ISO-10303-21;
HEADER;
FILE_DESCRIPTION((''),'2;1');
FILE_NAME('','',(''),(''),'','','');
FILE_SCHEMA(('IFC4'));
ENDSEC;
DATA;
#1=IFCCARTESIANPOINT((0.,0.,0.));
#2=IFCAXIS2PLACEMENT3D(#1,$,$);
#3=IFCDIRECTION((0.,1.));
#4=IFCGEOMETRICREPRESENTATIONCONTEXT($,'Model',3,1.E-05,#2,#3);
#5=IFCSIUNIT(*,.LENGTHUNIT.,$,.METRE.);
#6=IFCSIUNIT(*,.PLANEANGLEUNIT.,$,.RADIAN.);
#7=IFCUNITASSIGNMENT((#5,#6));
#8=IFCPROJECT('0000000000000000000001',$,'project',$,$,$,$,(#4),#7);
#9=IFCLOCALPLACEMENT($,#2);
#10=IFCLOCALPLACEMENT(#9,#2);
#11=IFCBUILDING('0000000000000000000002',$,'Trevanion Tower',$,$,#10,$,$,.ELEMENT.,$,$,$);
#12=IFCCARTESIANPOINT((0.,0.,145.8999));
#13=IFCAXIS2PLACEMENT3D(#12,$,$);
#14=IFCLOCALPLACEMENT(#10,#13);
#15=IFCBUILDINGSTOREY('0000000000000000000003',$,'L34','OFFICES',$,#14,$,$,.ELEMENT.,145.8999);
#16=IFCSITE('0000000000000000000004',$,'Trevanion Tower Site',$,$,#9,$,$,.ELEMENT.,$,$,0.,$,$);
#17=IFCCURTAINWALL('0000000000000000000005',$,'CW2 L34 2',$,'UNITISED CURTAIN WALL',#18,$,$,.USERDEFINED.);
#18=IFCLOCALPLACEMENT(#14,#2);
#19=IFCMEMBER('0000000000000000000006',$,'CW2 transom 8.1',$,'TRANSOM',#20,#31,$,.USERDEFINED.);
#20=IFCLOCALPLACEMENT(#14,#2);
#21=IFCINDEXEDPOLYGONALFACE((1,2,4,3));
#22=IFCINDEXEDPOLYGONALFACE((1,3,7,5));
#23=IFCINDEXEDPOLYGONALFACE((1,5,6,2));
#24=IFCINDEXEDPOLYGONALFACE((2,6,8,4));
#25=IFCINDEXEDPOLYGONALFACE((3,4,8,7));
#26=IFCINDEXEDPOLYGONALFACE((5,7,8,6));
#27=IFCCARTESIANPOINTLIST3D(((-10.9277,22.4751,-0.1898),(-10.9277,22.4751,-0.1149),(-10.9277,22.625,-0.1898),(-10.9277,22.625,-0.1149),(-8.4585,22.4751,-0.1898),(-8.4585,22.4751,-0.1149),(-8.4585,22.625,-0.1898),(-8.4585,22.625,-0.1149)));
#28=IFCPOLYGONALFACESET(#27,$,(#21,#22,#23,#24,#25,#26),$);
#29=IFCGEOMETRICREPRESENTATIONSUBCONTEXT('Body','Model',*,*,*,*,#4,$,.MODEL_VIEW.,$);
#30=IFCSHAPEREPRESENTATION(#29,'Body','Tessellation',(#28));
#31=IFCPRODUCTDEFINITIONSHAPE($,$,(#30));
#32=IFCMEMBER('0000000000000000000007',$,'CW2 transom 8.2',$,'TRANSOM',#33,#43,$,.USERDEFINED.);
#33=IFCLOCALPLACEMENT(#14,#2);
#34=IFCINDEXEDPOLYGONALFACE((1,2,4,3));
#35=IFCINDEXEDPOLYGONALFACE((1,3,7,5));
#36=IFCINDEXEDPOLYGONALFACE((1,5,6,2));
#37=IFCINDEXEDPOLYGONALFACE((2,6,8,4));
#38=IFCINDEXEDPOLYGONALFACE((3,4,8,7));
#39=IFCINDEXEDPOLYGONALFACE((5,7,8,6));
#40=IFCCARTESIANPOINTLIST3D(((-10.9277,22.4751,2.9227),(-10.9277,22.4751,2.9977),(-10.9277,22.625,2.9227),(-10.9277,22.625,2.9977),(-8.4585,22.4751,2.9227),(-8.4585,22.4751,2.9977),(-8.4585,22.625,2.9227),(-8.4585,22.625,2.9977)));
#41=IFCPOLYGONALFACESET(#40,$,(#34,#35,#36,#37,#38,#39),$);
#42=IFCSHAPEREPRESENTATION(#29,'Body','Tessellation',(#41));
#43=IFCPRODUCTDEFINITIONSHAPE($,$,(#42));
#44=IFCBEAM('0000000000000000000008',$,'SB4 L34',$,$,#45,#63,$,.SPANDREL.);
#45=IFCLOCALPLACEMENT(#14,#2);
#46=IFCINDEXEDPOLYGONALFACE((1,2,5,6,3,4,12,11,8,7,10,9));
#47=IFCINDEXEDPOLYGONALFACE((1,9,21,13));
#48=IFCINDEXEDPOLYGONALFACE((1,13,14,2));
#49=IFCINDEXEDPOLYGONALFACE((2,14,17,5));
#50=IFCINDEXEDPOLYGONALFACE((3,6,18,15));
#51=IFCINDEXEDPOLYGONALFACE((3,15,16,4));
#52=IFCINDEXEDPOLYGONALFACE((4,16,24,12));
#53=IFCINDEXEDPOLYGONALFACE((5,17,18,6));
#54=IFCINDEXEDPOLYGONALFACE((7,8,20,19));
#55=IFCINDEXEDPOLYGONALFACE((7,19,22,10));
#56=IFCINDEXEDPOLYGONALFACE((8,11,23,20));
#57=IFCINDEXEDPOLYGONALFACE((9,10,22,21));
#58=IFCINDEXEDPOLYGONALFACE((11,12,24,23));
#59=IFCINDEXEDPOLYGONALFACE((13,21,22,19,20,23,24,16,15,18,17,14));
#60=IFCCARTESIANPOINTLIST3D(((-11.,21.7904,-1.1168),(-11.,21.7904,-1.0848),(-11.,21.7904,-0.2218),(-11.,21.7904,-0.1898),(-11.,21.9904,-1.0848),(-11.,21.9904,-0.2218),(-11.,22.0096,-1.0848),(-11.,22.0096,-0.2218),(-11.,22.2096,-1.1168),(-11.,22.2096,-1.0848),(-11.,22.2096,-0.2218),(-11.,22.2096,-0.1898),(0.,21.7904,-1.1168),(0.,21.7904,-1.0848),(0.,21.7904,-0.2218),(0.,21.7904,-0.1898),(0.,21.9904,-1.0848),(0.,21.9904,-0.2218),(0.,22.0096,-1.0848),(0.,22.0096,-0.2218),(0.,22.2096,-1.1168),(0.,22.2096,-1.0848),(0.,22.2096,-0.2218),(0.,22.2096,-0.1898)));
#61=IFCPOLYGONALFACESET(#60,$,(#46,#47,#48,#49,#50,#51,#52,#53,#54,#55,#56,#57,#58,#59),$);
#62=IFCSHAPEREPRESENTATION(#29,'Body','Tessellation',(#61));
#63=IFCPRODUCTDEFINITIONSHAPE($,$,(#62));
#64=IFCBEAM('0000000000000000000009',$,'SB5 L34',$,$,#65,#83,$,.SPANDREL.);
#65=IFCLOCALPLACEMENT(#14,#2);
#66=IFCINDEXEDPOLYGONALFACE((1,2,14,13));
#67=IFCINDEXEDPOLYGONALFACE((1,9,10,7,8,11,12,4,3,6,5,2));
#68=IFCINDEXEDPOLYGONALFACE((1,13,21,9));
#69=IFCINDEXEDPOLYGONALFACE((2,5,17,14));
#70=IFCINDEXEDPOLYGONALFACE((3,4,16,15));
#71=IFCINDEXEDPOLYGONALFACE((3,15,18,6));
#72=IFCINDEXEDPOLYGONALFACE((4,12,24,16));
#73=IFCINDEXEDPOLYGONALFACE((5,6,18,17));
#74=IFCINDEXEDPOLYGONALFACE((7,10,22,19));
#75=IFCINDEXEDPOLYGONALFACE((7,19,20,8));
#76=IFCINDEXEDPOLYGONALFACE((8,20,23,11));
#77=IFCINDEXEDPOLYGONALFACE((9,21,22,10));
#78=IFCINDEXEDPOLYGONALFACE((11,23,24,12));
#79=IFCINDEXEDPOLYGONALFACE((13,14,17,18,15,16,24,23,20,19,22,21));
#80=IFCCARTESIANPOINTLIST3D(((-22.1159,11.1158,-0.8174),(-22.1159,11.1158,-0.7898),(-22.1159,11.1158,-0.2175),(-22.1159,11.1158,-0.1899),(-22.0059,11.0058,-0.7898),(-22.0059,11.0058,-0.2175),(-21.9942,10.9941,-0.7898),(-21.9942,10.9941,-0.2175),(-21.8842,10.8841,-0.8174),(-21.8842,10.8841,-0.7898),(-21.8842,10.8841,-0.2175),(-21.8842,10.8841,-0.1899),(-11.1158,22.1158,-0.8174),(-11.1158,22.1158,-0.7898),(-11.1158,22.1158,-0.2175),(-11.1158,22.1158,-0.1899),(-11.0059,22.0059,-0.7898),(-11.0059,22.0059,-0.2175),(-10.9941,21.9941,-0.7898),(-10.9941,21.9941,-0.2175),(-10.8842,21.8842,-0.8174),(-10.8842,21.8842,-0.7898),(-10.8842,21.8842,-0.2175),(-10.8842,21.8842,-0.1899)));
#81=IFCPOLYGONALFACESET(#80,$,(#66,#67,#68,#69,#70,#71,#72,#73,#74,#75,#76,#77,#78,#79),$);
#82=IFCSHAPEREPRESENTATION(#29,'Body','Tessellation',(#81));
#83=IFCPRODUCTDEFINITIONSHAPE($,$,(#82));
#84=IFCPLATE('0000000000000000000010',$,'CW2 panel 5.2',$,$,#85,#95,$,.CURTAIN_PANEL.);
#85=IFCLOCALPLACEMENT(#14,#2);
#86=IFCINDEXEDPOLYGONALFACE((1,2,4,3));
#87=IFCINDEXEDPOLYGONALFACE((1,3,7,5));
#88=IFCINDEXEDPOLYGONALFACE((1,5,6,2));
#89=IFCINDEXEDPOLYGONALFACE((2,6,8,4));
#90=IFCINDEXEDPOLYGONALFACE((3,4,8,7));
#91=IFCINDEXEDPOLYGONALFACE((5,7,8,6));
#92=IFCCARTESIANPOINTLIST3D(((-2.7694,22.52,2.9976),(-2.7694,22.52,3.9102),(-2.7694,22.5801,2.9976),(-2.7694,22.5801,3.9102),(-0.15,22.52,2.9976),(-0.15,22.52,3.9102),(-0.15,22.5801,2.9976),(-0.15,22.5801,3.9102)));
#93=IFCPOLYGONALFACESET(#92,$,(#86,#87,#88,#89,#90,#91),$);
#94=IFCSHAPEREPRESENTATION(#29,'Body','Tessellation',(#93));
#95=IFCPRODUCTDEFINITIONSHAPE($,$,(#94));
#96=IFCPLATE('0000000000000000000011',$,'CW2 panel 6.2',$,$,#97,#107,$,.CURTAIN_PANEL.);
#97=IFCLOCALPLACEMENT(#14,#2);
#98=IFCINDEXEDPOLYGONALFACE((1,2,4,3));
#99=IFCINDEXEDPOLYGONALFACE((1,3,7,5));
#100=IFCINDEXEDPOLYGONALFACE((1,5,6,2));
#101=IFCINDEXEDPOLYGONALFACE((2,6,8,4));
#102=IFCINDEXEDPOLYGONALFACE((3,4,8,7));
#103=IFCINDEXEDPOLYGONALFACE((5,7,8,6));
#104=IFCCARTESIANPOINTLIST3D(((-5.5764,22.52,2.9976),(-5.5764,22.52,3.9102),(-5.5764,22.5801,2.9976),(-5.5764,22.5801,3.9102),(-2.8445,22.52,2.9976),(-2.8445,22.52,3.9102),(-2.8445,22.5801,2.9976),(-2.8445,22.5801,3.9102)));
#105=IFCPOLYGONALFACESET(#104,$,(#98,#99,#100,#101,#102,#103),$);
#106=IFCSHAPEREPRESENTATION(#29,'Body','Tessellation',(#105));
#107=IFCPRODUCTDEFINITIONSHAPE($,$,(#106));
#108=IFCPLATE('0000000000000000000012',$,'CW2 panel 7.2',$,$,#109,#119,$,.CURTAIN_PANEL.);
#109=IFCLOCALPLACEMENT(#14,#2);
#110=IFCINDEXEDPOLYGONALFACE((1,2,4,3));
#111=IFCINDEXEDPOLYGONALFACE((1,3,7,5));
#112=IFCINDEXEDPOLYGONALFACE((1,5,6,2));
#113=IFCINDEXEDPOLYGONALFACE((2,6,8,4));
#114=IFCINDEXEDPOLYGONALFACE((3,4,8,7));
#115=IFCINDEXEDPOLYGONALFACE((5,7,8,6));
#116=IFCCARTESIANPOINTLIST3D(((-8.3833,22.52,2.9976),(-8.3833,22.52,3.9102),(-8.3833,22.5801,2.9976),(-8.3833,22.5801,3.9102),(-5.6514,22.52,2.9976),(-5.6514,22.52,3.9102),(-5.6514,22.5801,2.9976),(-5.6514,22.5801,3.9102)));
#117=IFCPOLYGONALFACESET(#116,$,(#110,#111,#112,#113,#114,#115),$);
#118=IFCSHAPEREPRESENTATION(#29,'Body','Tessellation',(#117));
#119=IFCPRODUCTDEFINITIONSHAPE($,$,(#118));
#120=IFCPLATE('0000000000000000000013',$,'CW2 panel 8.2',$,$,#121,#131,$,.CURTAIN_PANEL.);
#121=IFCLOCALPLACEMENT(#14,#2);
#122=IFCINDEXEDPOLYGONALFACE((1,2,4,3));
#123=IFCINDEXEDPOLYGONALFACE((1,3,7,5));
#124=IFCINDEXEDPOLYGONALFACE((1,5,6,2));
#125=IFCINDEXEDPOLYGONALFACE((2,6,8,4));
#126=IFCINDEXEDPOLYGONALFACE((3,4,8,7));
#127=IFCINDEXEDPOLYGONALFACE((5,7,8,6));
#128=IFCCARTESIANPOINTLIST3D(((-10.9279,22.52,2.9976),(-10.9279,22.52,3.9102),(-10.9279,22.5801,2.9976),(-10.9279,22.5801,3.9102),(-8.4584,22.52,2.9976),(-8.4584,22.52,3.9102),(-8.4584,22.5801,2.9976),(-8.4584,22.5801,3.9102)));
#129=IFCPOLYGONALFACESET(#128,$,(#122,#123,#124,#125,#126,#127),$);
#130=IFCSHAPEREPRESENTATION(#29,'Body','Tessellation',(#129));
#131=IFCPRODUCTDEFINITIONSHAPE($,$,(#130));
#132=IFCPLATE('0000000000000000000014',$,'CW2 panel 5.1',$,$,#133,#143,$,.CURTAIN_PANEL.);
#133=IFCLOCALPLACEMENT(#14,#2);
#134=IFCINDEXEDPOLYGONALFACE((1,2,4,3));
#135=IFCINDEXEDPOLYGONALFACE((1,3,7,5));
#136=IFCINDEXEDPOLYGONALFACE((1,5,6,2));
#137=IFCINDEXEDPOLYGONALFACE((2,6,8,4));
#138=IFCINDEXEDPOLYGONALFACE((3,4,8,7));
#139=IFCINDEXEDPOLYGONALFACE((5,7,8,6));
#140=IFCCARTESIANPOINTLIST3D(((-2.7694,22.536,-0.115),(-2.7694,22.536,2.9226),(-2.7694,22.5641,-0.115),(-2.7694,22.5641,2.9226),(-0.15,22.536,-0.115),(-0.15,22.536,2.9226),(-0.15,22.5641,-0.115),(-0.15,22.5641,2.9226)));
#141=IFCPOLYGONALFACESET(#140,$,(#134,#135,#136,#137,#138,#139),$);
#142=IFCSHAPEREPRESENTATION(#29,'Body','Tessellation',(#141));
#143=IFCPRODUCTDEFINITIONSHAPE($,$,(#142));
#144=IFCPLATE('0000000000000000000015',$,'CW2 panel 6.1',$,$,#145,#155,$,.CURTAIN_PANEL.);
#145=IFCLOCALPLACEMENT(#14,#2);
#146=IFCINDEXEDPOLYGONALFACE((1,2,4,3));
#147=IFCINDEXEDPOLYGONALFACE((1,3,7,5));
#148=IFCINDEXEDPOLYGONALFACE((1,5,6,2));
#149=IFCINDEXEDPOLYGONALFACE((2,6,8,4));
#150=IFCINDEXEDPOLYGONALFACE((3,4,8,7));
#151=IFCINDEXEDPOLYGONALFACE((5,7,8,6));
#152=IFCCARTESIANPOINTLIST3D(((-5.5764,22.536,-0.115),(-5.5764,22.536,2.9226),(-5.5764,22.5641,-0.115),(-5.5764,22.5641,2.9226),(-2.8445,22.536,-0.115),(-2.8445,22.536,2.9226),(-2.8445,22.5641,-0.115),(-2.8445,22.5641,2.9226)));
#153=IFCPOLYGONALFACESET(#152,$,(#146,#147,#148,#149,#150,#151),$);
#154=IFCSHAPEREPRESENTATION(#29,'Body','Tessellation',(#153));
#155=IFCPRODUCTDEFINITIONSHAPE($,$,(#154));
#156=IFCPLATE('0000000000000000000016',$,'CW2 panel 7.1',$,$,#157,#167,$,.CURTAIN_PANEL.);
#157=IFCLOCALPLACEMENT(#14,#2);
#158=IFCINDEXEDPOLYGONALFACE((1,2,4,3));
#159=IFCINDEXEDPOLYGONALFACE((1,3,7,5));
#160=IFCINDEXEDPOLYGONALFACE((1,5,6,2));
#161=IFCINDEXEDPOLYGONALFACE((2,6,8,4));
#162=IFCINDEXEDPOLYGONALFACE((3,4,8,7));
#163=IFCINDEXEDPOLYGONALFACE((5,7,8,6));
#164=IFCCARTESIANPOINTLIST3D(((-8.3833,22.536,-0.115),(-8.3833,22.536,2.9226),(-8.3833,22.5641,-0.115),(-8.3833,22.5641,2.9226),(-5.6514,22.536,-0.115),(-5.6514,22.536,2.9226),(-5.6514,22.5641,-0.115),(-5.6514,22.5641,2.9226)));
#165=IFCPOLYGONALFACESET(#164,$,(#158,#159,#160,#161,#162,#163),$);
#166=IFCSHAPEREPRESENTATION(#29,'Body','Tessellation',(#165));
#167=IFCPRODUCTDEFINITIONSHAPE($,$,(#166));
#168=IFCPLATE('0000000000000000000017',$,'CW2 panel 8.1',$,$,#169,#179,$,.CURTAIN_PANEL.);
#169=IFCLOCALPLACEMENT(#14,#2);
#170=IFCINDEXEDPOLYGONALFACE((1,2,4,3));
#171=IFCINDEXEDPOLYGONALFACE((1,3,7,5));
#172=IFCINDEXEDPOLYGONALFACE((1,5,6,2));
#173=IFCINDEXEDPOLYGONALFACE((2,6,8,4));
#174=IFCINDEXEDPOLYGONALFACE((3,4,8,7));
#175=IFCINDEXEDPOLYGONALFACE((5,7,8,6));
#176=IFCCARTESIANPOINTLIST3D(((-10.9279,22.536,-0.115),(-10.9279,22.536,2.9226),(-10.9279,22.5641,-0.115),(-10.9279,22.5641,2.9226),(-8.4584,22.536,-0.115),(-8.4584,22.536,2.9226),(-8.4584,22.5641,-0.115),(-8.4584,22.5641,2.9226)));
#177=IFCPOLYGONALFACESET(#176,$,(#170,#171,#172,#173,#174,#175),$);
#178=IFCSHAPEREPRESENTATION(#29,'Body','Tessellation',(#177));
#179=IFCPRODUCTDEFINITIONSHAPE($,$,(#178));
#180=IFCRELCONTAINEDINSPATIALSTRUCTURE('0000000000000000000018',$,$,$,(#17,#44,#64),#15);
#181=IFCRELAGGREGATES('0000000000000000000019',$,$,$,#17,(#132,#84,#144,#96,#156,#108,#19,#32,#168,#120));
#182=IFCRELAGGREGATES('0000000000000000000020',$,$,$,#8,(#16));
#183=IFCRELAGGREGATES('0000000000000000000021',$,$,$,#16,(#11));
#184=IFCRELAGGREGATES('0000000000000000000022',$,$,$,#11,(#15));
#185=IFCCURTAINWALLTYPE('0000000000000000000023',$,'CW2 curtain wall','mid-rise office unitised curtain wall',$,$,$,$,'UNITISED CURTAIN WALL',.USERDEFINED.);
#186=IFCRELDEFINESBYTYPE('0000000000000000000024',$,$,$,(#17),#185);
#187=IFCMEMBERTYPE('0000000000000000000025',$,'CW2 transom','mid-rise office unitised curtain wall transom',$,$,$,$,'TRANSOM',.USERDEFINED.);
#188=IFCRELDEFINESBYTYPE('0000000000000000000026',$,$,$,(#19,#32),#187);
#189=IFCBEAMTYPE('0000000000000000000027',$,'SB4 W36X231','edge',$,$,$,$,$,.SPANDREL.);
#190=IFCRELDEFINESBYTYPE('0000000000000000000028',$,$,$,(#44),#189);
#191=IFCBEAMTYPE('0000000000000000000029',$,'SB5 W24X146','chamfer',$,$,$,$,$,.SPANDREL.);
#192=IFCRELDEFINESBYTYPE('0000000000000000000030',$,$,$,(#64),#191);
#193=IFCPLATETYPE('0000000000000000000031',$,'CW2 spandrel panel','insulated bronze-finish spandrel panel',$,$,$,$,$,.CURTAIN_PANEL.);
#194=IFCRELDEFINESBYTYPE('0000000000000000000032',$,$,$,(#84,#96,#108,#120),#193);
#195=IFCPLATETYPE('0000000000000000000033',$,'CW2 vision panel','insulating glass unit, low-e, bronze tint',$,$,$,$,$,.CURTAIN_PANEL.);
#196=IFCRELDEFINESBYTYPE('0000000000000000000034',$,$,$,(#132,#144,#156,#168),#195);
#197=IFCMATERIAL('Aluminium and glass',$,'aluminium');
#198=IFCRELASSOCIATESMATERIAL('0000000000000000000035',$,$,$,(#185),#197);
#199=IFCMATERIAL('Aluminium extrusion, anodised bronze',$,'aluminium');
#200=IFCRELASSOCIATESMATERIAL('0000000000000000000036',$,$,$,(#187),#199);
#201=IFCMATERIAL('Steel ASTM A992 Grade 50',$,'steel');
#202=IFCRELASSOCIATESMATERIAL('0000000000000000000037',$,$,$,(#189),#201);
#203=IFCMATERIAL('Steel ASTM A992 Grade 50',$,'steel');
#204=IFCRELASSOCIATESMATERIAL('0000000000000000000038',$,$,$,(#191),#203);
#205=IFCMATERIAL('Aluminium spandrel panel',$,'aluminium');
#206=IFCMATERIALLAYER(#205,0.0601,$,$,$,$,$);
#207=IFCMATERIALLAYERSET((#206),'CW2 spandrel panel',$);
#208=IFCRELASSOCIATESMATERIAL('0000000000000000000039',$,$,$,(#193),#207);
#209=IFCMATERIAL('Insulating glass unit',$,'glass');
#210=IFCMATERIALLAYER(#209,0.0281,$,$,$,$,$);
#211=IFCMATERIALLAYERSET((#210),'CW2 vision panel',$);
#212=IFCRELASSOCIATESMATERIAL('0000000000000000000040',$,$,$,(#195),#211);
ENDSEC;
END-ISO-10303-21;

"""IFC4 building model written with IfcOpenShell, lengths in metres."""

from ifc_helpers import new_model, si_unit, direction, frame, origin, origin_2d, place, context, subcontext, project, spatial, rectangle, i_section, extrude, material, layer, layer_set, material_profile, profile_set, type_object, element, aggregate, save


model = new_model("IFC4")

# Units and contexts
model_context = context("Model", 3, precision=1e-05, world=origin(), true_north=direction((0.0, 1.0)))
body_context = subcontext(model_context, "Body", "Model", "MODEL_VIEW")
ifc_project = project(units=[si_unit("LENGTHUNIT", "METRE"), si_unit("PLANEANGLEUNIT", "RADIAN")], contexts=[model_context])

# Site, building, storey
site_placement = place(None, origin())
site = spatial("IfcSite", under=ifc_project, at=site_placement, Name="Trevanion Tower Site", CompositionType="ELEMENT", RefElevation=0.0)
building_placement = place(site_placement, origin())
building = spatial("IfcBuilding", under=site, at=building_placement, Name="Trevanion Tower", CompositionType="ELEMENT")
storey_placement = place(building_placement, frame((0.0, 0.0, 145.8999)))
storey = spatial("IfcBuildingStorey", under=building, at=storey_placement, Name="L34", Description="OFFICES", CompositionType="ELEMENT", Elevation=145.8999)

# Curtain wall
ifc_material_1 = material(Name="Aluminium and glass", Category="aluminium")
curtain_wall_type = type_object("IfcCurtainWallType", Name="CW2 curtain wall", Description="mid-rise office unitised curtain wall", ElementType="UNITISED CURTAIN WALL", PredefinedType="USERDEFINED", material=ifc_material_1)
curtain_wall_1_placement = place(storey_placement, origin())
curtain_wall_1 = element("IfcCurtainWall", 1, at=curtain_wall_1_placement, inside=storey, type_object=curtain_wall_type, Name="CW2 L34 2", ObjectType="UNITISED CURTAIN WALL", PredefinedType="USERDEFINED")

# Members
ifc_material_2 = material(Name="Aluminium extrusion, anodised bronze", Category="aluminium")
ifc_material_profile_1 = material_profile(ifc_material_2, rectangle(XDim=0.1499, YDim=0.075, at=origin_2d()), Name="CW2 transom")
ifc_profile_set_1 = profile_set([ifc_material_profile_1], Name="Aluminium extrusion, anodised bronze")
member_type_1 = type_object("IfcMemberType", Name="CW2 transom", Description="mid-rise office unitised curtain wall transom", ElementType="TRANSOM", PredefinedType="USERDEFINED", material=ifc_profile_set_1)
member_1_placement = place(storey_placement, frame((-8.4585, 22.55, -0.1523), z_axis=(-1.0, 0.0, 0.0), x_axis=(0.0, -1.0, 0.0)))
member_1 = element("IfcMember", 2, at=member_1_placement, type_object=member_type_1, Name="CW2 transom 8.1", ObjectType="TRANSOM", PredefinedType="USERDEFINED", context=body_context, shape_type="SweptSolid", body=[
    extrude(rectangle(XDim=0.1499, YDim=0.075, at=origin_2d()), origin(), (0.0, 0.0, 1.0), 2.4692),
])
member_2_placement = place(storey_placement, frame((-8.4585, 22.55, 2.9602), z_axis=(-1.0, 0.0, 0.0), x_axis=(0.0, -1.0, 0.0)))
member_2 = element("IfcMember", 3, at=member_2_placement, type_object=member_type_1, Name="CW2 transom 8.2", ObjectType="TRANSOM", PredefinedType="USERDEFINED", context=body_context, shape_type="SweptSolid", body=[
    extrude(rectangle(XDim=0.1499, YDim=0.075, at=origin_2d()), origin(), (0.0, 0.0, 1.0), 2.4692),
])

# Beams
ifc_material_3 = material(Name="Steel ASTM A992 Grade 50", Category="steel")
ifc_material_profile_2 = material_profile(ifc_material_3, i_section(OverallWidth=0.4192, OverallDepth=0.927, WebThickness=0.0193, FlangeThickness=0.032, at=origin_2d()), Name="W36X231")
ifc_profile_set_2 = profile_set([ifc_material_profile_2], Name="Steel ASTM A992 Grade 50")
beam_type_1 = type_object("IfcBeamType", Name="SB4 W36X231", Description="edge", PredefinedType="SPANDREL", material=ifc_profile_set_2)
beam_1_placement = place(storey_placement, frame((0.0, 22.0, -0.6533), z_axis=(-1.0, 0.0, 0.0), x_axis=(0.0, -1.0, 0.0)))
element("IfcBeam", 4, at=beam_1_placement, inside=storey, type_object=beam_type_1, Name="SB4 L34", PredefinedType="SPANDREL", context=body_context, shape_type="SweptSolid", body=[
    extrude(i_section(OverallWidth=0.4192, OverallDepth=0.927, WebThickness=0.0193, FlangeThickness=0.032, at=origin_2d()), origin(), (0.0, 0.0, 1.0), 11.0),
])
ifc_material_4 = material(Name="Steel ASTM A992 Grade 50", Category="steel")
ifc_material_profile_3 = material_profile(ifc_material_4, i_section(OverallWidth=0.3276, OverallDepth=0.6274, WebThickness=0.0166, FlangeThickness=0.0276, at=origin_2d()), Name="W24X146")
ifc_profile_set_3 = profile_set([ifc_material_profile_3], Name="Steel ASTM A992 Grade 50")
beam_type_2 = type_object("IfcBeamType", Name="SB5 W24X146", Description="chamfer", PredefinedType="SPANDREL", material=ifc_profile_set_3)
beam_2_placement = place(storey_placement, frame((-11.0, 22.0, -0.5037), z_axis=(-0.707107, -0.707107, 0.0), x_axis=(0.707107, -0.707107, 0.0)))
element("IfcBeam", 5, at=beam_2_placement, inside=storey, type_object=beam_type_2, Name="SB5 L34", PredefinedType="SPANDREL", context=body_context, shape_type="SweptSolid", body=[
    extrude(i_section(OverallWidth=0.3276, OverallDepth=0.6274, WebThickness=0.0166, FlangeThickness=0.0276, at=origin_2d()), origin(), (0.0, 0.0, 1.0), 15.5564),
])

# Plates
ifc_material_5 = material(Name="Aluminium spandrel panel", Category="aluminium")
ifc_layer_1 = layer(ifc_material_5, 0.0601)
ifc_layer_set_1 = layer_set([ifc_layer_1], Name="CW2 spandrel panel")
plate_type_1 = type_object("IfcPlateType", Name="CW2 spandrel panel", Description="insulated bronze-finish spandrel panel", PredefinedType="CURTAIN_PANEL", material=ifc_layer_set_1)
plate_1_placement = place(storey_placement, frame((-1.4597, 22.55, 2.9976), z_axis=(0.0, 0.0, 1.0), x_axis=(-1.0, 0.0, 0.0)))
plate_1 = element("IfcPlate", 6, at=plate_1_placement, type_object=plate_type_1, Name="CW2 panel 5.2", PredefinedType="CURTAIN_PANEL", context=body_context, shape_type="SweptSolid", body=[
    extrude(rectangle(XDim=2.6194, YDim=0.0601, at=origin_2d()), origin(), (0.0, 0.0, 1.0), 0.9126),
])
plate_2_placement = place(storey_placement, frame((-4.2104, 22.55, 2.9976), z_axis=(0.0, 0.0, 1.0), x_axis=(-1.0, 0.0, 0.0)))
plate_2 = element("IfcPlate", 7, at=plate_2_placement, type_object=plate_type_1, Name="CW2 panel 6.2", PredefinedType="CURTAIN_PANEL", context=body_context, shape_type="SweptSolid", body=[
    extrude(rectangle(XDim=2.7319, YDim=0.0601, at=origin_2d()), origin(), (0.0, 0.0, 1.0), 0.9126),
])
plate_3_placement = place(storey_placement, frame((-7.0173, 22.55, 2.9976), z_axis=(0.0, 0.0, 1.0), x_axis=(-1.0, 0.0, 0.0)))
plate_3 = element("IfcPlate", 8, at=plate_3_placement, type_object=plate_type_1, Name="CW2 panel 7.2", PredefinedType="CURTAIN_PANEL", context=body_context, shape_type="SweptSolid", body=[
    extrude(rectangle(XDim=2.7319, YDim=0.0601, at=origin_2d()), origin(), (0.0, 0.0, 1.0), 0.9126),
])
plate_4_placement = place(storey_placement, frame((-9.6931, 22.55, 2.9976), z_axis=(0.0, 0.0, 1.0), x_axis=(-1.0, 0.0, 0.0)))
plate_4 = element("IfcPlate", 9, at=plate_4_placement, type_object=plate_type_1, Name="CW2 panel 8.2", PredefinedType="CURTAIN_PANEL", context=body_context, shape_type="SweptSolid", body=[
    extrude(rectangle(XDim=2.4695, YDim=0.0601, at=origin_2d()), origin(), (0.0, 0.0, 1.0), 0.9126),
])
ifc_material_6 = material(Name="Insulating glass unit", Category="glass")
ifc_layer_2 = layer(ifc_material_6, 0.0281)
ifc_layer_set_2 = layer_set([ifc_layer_2], Name="CW2 vision panel")
plate_type_2 = type_object("IfcPlateType", Name="CW2 vision panel", Description="insulating glass unit, low-e, bronze tint", PredefinedType="CURTAIN_PANEL", material=ifc_layer_set_2)
plate_5_placement = place(storey_placement, frame((-1.4597, 22.55, -0.115), z_axis=(0.0, 0.0, 1.0), x_axis=(-1.0, 0.0, 0.0)))
plate_5 = element("IfcPlate", 10, at=plate_5_placement, type_object=plate_type_2, Name="CW2 panel 5.1", PredefinedType="CURTAIN_PANEL", context=body_context, shape_type="SweptSolid", body=[
    extrude(rectangle(XDim=2.6194, YDim=0.0281, at=origin_2d()), origin(), (0.0, 0.0, 1.0), 3.0376),
])
plate_6_placement = place(storey_placement, frame((-4.2104, 22.55, -0.115), z_axis=(0.0, 0.0, 1.0), x_axis=(-1.0, 0.0, 0.0)))
plate_6 = element("IfcPlate", 11, at=plate_6_placement, type_object=plate_type_2, Name="CW2 panel 6.1", PredefinedType="CURTAIN_PANEL", context=body_context, shape_type="SweptSolid", body=[
    extrude(rectangle(XDim=2.7319, YDim=0.0281, at=origin_2d()), origin(), (0.0, 0.0, 1.0), 3.0376),
])
plate_7_placement = place(storey_placement, frame((-7.0173, 22.55, -0.115), z_axis=(0.0, 0.0, 1.0), x_axis=(-1.0, 0.0, 0.0)))
plate_7 = element("IfcPlate", 12, at=plate_7_placement, type_object=plate_type_2, Name="CW2 panel 7.1", PredefinedType="CURTAIN_PANEL", context=body_context, shape_type="SweptSolid", body=[
    extrude(rectangle(XDim=2.7319, YDim=0.0281, at=origin_2d()), origin(), (0.0, 0.0, 1.0), 3.0376),
])
plate_8_placement = place(storey_placement, frame((-9.6931, 22.55, -0.115), z_axis=(0.0, 0.0, 1.0), x_axis=(-1.0, 0.0, 0.0)))
plate_8 = element("IfcPlate", 13, at=plate_8_placement, type_object=plate_type_2, Name="CW2 panel 8.1", PredefinedType="CURTAIN_PANEL", context=body_context, shape_type="SweptSolid", body=[
    extrude(rectangle(XDim=2.4695, YDim=0.0281, at=origin_2d()), origin(), (0.0, 0.0, 1.0), 3.0376),
])
aggregate(curtain_wall_1, [plate_5, plate_1, plate_6, plate_2, plate_7, plate_3, member_1, member_2, plate_8, plate_4])

save(model, "model.ifc")
